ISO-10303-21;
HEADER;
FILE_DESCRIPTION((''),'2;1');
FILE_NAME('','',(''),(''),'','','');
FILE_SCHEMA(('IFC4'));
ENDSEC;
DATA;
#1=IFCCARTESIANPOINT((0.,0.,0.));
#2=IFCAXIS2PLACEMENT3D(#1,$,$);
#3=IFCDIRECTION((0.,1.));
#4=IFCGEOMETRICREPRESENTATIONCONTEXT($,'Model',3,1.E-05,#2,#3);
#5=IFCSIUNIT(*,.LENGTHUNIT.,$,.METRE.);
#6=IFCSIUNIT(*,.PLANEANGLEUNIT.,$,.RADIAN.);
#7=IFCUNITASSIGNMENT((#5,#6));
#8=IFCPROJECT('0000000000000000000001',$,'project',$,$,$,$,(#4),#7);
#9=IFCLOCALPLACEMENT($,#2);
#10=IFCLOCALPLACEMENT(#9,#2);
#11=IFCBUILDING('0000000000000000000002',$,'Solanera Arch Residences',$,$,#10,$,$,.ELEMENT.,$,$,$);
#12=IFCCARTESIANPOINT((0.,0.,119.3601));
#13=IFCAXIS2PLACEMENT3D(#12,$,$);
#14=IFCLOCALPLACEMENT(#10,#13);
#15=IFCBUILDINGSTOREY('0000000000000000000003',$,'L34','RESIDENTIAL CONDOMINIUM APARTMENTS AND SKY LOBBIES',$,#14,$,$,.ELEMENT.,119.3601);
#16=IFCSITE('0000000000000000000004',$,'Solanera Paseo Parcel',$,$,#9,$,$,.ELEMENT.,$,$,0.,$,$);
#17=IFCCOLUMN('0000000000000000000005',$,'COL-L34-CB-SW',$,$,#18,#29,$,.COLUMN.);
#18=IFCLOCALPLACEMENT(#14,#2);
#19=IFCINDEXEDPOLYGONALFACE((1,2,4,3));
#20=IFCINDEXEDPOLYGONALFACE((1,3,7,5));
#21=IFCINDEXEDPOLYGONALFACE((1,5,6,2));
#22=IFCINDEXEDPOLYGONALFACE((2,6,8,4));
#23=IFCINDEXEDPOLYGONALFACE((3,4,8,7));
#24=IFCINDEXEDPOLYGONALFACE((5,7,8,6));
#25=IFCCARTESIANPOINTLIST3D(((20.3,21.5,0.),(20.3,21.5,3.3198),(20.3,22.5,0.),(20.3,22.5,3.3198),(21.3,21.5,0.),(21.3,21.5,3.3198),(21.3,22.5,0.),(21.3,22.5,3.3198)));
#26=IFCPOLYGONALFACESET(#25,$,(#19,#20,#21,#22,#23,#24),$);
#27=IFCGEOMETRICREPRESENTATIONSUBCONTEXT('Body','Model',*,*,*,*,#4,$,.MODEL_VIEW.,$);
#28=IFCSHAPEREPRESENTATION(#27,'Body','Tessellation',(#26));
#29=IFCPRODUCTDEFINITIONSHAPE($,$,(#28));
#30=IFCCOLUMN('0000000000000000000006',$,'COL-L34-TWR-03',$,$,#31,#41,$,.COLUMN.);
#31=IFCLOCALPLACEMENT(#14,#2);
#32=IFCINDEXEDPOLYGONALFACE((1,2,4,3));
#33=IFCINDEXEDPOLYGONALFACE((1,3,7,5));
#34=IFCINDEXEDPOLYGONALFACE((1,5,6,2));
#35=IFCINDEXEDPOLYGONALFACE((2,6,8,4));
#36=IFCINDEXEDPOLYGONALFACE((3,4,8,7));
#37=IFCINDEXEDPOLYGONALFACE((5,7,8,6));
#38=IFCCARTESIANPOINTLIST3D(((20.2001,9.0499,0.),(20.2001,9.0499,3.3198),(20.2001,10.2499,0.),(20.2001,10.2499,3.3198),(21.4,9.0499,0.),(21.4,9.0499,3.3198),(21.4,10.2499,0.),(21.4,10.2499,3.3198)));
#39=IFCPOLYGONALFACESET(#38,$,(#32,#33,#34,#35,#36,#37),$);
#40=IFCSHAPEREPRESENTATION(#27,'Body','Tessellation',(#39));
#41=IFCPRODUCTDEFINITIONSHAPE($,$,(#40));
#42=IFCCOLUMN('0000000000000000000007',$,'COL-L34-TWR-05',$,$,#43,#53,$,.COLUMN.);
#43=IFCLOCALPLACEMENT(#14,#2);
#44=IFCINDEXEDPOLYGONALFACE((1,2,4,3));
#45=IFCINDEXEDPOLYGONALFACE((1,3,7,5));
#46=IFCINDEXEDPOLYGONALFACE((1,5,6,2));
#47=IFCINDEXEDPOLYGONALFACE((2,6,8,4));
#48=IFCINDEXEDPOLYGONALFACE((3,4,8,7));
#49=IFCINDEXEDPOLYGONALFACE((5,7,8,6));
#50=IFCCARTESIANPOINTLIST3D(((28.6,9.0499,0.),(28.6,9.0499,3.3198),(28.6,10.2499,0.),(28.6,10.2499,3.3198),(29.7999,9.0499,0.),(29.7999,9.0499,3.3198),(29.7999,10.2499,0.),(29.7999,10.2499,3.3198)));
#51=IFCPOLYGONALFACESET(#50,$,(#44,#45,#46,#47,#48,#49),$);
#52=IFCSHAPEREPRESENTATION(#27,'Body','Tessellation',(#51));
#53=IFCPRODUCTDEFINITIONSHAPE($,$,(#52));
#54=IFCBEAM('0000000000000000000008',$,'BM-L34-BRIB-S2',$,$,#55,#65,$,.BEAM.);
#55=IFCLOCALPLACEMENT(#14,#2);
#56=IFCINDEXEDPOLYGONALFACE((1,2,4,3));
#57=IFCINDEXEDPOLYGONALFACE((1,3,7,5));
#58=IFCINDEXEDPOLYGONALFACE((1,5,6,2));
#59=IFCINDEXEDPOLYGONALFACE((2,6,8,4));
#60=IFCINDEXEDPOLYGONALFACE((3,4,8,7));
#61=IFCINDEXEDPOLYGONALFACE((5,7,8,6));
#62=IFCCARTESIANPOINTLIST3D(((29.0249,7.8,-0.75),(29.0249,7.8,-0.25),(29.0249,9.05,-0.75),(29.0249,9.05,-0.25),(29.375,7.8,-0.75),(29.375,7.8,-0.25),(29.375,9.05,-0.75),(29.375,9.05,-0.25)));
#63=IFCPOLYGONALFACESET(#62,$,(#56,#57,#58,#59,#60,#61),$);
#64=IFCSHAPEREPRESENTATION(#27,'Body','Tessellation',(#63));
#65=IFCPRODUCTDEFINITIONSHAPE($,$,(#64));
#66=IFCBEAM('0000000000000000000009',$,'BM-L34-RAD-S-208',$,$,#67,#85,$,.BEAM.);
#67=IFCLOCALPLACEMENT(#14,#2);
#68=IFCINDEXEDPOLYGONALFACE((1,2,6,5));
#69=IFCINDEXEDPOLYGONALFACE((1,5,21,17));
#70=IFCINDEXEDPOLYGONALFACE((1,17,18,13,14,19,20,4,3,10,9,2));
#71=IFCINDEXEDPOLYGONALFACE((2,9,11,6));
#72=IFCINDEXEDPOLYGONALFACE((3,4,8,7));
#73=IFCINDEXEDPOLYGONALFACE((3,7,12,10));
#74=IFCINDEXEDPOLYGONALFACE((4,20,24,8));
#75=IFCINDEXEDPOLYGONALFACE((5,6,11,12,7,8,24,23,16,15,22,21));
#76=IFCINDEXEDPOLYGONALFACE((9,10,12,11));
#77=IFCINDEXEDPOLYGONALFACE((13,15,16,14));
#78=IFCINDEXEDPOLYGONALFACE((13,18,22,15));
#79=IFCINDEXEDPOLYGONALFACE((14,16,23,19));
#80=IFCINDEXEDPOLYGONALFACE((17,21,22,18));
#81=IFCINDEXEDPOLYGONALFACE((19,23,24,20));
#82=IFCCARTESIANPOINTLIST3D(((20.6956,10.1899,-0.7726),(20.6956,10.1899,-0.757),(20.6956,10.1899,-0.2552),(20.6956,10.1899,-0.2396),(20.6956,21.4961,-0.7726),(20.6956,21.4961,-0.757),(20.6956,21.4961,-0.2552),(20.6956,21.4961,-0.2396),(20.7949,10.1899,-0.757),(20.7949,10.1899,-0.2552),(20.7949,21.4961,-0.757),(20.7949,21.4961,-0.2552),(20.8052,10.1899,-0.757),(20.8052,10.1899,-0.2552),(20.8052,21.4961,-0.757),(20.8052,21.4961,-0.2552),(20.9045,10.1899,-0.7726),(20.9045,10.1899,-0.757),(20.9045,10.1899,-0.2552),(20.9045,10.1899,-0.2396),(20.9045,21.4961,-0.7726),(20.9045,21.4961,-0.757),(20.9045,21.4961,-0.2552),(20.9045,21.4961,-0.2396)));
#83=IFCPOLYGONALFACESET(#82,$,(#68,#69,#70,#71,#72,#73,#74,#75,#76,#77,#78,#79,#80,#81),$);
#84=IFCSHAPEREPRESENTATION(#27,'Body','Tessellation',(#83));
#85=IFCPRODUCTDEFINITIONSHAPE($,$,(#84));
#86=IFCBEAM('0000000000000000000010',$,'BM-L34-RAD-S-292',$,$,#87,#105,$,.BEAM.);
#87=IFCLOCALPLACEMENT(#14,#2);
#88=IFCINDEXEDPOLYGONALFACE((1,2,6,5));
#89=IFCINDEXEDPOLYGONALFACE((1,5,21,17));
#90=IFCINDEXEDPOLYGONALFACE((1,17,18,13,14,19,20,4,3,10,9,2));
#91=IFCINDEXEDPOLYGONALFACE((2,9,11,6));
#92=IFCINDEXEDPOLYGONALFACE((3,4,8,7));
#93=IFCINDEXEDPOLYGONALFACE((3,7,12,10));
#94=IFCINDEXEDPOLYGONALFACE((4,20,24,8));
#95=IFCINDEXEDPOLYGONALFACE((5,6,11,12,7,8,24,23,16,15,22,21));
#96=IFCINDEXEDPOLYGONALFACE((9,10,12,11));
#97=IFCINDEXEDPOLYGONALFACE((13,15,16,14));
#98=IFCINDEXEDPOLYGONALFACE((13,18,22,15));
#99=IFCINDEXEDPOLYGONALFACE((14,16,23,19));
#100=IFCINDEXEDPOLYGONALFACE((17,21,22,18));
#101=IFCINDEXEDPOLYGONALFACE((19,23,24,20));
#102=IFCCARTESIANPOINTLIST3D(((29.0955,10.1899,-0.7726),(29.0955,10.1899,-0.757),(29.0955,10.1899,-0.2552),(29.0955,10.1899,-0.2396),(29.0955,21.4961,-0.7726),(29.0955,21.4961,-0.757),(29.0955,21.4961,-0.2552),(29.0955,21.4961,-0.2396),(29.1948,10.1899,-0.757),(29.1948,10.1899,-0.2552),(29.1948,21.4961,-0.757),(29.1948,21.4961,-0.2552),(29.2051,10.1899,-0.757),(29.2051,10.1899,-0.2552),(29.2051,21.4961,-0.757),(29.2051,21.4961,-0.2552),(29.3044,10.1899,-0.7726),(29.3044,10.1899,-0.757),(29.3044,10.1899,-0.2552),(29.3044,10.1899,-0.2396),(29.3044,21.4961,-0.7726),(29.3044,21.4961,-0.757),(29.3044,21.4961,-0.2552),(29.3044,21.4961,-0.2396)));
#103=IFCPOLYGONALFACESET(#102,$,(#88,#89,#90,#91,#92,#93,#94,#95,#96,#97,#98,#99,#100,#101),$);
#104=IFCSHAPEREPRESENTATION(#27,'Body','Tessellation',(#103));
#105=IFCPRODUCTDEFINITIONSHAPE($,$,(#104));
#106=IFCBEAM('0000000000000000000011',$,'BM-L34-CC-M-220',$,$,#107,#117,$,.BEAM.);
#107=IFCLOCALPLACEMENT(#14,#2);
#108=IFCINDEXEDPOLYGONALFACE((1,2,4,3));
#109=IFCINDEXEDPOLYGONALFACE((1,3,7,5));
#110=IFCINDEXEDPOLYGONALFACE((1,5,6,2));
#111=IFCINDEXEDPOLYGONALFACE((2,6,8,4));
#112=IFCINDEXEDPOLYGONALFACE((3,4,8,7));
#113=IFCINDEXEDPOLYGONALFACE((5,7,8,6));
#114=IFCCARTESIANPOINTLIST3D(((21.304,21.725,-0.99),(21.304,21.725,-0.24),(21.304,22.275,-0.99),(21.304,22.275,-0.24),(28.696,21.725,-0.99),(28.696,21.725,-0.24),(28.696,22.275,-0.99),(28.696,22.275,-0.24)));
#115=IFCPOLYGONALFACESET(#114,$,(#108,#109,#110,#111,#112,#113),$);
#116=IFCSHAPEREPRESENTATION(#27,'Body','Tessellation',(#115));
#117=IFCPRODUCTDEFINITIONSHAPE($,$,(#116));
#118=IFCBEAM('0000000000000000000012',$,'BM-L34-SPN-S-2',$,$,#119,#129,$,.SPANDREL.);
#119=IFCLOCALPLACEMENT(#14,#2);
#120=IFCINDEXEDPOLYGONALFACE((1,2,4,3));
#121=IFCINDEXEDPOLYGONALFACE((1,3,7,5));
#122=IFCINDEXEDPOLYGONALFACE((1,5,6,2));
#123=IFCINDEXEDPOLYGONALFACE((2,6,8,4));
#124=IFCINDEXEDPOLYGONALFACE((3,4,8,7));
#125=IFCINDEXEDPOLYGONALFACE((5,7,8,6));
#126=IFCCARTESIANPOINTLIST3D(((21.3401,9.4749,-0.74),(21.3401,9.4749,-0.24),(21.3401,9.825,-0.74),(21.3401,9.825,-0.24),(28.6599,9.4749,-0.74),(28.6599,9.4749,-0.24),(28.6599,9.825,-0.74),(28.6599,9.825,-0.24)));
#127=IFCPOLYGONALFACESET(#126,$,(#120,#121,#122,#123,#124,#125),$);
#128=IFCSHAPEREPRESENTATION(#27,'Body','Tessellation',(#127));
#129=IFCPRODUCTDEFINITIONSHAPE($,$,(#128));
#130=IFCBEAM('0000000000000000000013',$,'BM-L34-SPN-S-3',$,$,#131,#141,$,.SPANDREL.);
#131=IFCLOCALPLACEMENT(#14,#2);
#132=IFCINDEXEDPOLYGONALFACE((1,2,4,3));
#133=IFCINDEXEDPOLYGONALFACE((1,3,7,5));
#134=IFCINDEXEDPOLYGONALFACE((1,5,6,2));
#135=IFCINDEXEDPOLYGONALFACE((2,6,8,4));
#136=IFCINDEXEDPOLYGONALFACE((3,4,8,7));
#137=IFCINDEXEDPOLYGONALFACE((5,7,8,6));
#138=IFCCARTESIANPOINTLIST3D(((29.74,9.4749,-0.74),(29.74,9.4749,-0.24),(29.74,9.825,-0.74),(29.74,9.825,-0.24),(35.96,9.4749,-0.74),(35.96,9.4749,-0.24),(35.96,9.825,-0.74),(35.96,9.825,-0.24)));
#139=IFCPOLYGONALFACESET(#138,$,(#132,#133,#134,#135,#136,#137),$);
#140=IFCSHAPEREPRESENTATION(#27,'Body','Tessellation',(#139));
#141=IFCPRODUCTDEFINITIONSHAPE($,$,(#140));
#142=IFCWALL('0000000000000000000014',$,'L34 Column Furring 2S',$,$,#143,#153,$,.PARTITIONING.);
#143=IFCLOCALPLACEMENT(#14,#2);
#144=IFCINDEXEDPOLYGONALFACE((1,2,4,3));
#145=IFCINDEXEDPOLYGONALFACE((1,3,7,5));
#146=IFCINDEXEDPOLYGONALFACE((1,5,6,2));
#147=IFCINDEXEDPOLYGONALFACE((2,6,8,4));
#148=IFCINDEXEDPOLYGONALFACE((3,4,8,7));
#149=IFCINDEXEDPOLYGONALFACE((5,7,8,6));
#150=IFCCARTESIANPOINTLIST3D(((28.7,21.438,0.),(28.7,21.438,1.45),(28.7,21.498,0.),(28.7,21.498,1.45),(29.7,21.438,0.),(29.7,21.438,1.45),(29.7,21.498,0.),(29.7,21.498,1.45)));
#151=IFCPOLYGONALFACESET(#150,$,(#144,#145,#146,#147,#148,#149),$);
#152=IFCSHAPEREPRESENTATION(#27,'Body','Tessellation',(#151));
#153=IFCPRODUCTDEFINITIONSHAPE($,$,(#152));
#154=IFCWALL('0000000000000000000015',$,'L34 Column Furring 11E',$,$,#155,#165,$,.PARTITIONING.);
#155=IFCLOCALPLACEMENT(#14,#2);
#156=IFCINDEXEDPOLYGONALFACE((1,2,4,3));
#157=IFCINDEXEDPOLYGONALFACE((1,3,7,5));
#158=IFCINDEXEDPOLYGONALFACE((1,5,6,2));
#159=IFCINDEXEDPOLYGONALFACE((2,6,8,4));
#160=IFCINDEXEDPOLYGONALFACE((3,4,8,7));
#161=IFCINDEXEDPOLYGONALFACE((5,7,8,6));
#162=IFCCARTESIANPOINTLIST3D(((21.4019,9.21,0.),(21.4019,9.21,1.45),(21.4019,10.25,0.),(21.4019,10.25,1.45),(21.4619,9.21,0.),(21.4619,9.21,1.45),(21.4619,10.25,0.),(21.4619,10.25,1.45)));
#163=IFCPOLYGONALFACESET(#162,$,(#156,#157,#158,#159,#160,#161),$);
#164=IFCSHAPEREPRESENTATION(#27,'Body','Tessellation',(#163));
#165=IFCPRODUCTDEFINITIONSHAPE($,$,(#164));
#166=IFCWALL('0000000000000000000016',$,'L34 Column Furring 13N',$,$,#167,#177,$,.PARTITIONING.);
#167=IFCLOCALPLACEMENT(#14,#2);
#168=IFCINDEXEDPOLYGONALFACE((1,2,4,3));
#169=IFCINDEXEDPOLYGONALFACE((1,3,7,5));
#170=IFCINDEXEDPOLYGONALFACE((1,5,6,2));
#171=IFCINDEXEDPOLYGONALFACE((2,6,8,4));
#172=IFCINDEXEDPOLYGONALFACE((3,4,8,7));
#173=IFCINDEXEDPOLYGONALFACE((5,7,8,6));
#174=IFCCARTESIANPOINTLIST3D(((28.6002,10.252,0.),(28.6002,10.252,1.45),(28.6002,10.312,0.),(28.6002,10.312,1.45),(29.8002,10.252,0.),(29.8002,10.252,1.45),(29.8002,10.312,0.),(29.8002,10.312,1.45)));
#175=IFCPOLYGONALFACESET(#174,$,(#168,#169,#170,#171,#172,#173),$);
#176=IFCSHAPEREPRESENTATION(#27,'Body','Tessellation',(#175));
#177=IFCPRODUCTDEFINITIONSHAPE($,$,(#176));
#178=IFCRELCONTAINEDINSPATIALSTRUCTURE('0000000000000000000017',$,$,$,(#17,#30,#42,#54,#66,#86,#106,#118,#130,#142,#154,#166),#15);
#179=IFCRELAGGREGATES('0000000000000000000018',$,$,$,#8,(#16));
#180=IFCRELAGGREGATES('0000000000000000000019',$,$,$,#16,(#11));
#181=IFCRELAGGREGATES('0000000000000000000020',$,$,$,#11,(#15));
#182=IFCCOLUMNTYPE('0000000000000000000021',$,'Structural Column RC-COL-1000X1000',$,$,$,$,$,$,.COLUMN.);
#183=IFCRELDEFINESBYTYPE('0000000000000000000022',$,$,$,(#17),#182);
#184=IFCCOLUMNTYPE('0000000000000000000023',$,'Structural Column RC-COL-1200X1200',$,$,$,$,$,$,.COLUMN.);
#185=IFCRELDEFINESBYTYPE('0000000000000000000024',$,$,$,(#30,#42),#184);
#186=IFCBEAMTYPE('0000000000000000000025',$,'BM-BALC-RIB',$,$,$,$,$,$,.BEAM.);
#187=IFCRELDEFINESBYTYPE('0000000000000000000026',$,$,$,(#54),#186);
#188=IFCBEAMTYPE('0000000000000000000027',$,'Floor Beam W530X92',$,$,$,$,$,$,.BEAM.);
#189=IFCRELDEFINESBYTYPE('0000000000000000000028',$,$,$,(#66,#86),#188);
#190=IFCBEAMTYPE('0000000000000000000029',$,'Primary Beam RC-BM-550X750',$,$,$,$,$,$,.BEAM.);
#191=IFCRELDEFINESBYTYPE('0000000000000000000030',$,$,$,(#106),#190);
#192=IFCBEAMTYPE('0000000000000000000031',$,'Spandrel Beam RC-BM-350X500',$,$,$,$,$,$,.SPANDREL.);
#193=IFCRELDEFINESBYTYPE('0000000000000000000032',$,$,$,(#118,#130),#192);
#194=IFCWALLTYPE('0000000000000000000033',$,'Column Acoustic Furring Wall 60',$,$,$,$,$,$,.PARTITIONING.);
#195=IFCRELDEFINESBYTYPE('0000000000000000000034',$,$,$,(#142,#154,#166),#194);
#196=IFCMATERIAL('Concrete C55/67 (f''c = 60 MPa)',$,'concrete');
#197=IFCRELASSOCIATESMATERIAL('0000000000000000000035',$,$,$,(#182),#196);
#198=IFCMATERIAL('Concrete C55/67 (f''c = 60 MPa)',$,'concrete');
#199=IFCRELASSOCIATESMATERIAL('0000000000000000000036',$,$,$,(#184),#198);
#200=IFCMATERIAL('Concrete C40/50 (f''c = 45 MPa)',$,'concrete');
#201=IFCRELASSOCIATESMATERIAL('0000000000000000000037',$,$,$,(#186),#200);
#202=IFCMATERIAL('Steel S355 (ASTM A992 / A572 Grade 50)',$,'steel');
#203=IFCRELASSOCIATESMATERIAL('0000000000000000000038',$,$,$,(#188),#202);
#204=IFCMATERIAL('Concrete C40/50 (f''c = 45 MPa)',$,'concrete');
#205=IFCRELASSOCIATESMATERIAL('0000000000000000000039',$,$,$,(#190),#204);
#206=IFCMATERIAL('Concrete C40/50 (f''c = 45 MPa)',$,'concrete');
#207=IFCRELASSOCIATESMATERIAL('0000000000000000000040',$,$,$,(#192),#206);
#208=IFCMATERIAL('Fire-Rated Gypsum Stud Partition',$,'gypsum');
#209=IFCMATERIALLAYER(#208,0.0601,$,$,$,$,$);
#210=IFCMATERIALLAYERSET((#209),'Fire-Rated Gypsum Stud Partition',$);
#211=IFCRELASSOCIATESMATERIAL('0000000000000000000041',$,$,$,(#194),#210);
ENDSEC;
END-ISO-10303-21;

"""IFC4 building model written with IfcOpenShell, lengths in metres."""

from ifc_helpers import new_model, si_unit, direction, frame, frame_2d, origin, origin_2d, place, context, subcontext, project, spatial, rectangle, i_section, extrude, material, layer, layer_set, material_profile, profile_set, type_object, element, save


model = new_model("IFC4")

# Units and contexts
model_context = context("Model", 3, precision=1e-05, world=origin(), true_north=direction((0.0, 1.0)))
body_context = subcontext(model_context, "Body", "Model", "MODEL_VIEW")
ifc_project = project(units=[si_unit("LENGTHUNIT", "METRE"), si_unit("PLANEANGLEUNIT", "RADIAN")], contexts=[model_context])

# Site, building, storey
site_placement = place(None, origin())
site = spatial("IfcSite", under=ifc_project, at=site_placement, Name="Solanera Paseo Parcel", CompositionType="ELEMENT", RefElevation=0.0)
building_placement = place(site_placement, origin())
building = spatial("IfcBuilding", under=site, at=building_placement, Name="Solanera Arch Residences", CompositionType="ELEMENT")
storey_placement = place(building_placement, frame((0.0, 0.0, 119.3601)))
storey = spatial("IfcBuildingStorey", under=building, at=storey_placement, Name="L34", Description="RESIDENTIAL CONDOMINIUM APARTMENTS AND SKY LOBBIES", CompositionType="ELEMENT", Elevation=119.3601)

# Columns
ifc_material_1 = material(Name="Concrete C55/67 (f'c = 60 MPa)", Category="concrete")
ifc_material_profile_1 = material_profile(ifc_material_1, rectangle(XDim=1.0, YDim=1.0, at=origin_2d()))
ifc_profile_set_1 = profile_set([ifc_material_profile_1], Name="Concrete C55/67 (f'c = 60 MPa)")
column_type_1 = type_object("IfcColumnType", Name="Structural Column RC-COL-1000X1000", PredefinedType="COLUMN", material=ifc_profile_set_1)
column_placement = place(storey_placement, frame((20.8, 22.0, 0.0), z_axis=(0.0, 0.0, 1.0), x_axis=(1.0, 0.0, 0.0)))
element("IfcColumn", 1, at=column_placement, inside=storey, type_object=column_type_1, Name="COL-L34-CB-SW", PredefinedType="COLUMN", context=body_context, shape_type="SweptSolid", body=[
    extrude(rectangle(XDim=1.0, YDim=1.0, at=origin_2d()), origin(), (0.0, 0.0, 1.0), 3.3198),
])
ifc_material_2 = material(Name="Concrete C55/67 (f'c = 60 MPa)", Category="concrete")
ifc_material_profile_2 = material_profile(ifc_material_2, rectangle(XDim=1.2, YDim=1.2, at=origin_2d()))
ifc_profile_set_2 = profile_set([ifc_material_profile_2], Name="Concrete C55/67 (f'c = 60 MPa)")
column_type_2 = type_object("IfcColumnType", Name="Structural Column RC-COL-1200X1200", PredefinedType="COLUMN", material=ifc_profile_set_2)
for number, where, z_axis, x_axis, name in (
    (2, (20.8, 9.6499, 0.0), (0.0, 0.0, 1.0), (1.0, 0.0, 0.0), "COL-L34-TWR-03"),
    (3, (29.2, 9.6499, 0.0), (0.0, 0.0, 1.0), (1.0, 0.0, 0.0), "COL-L34-TWR-05"),
):
    element("IfcColumn", number, at=place(storey_placement, frame(where, z_axis=z_axis, x_axis=x_axis)), inside=storey, type_object=column_type_2, Name=name, PredefinedType="COLUMN", context=body_context, shape_type="SweptSolid", body=[
        extrude(rectangle(XDim=1.2, YDim=1.2, at=origin_2d()), origin(), (0.0, 0.0, 1.0), 3.3198),
    ])

# Beams
ifc_material_3 = material(Name="Concrete C40/50 (f'c = 45 MPa)", Category="concrete")
ifc_material_profile_3 = material_profile(ifc_material_3, rectangle(XDim=0.3501, YDim=0.5, at=origin_2d()))
ifc_profile_set_3 = profile_set([ifc_material_profile_3], Name="Concrete C40/50 (f'c = 45 MPa)")
beam_type_1 = type_object("IfcBeamType", Name="BM-BALC-RIB", PredefinedType="BEAM", material=ifc_profile_set_3)
beam_1_placement = place(storey_placement, frame((29.2, 7.8, -0.5), z_axis=(0.0, 1.0, 0.0), x_axis=(-1.0, 0.0, 0.0)))
element("IfcBeam", 4, at=beam_1_placement, inside=storey, type_object=beam_type_1, Name="BM-L34-BRIB-S2", PredefinedType="BEAM", context=body_context, shape_type="SweptSolid", body=[
    extrude(rectangle(XDim=0.3501, YDim=0.5, at=origin_2d()), origin(), (0.0, 0.0, 1.0), 1.25),
])
ifc_material_4 = material(Name="Steel S355 (ASTM A992 / A572 Grade 50)", Category="steel")
ifc_material_profile_4 = material_profile(ifc_material_4, i_section(OverallWidth=0.209, OverallDepth=0.533, WebThickness=0.0103, FlangeThickness=0.0156, at=origin_2d()))
ifc_profile_set_4 = profile_set([ifc_material_profile_4], Name="Steel S355 (ASTM A992 / A572 Grade 50)")
beam_type_2 = type_object("IfcBeamType", Name="Floor Beam W530X92", PredefinedType="BEAM", material=ifc_profile_set_4)
for number, where, z_axis, x_axis, name in (
    (5, (20.8, 10.1899, -0.5061), (0.0, 1.0, 0.0), (-1.0, 0.0, 0.0), "BM-L34-RAD-S-208"),
    (6, (29.2, 10.1899, -0.5061), (0.0, 1.0, 0.0), (-1.0, 0.0, 0.0), "BM-L34-RAD-S-292"),
):
    element("IfcBeam", number, at=place(storey_placement, frame(where, z_axis=z_axis, x_axis=x_axis)), inside=storey, type_object=beam_type_2, Name=name, PredefinedType="BEAM", context=body_context, shape_type="SweptSolid", body=[
        extrude(i_section(OverallWidth=0.209, OverallDepth=0.533, WebThickness=0.0103, FlangeThickness=0.0156, at=origin_2d()), origin(), (0.0, 0.0, 1.0), 11.3062),
    ])
ifc_material_5 = material(Name="Concrete C40/50 (f'c = 45 MPa)", Category="concrete")
ifc_material_profile_5 = material_profile(ifc_material_5, rectangle(XDim=0.55, YDim=0.75, at=origin_2d()))
ifc_profile_set_5 = profile_set([ifc_material_profile_5], Name="Concrete C40/50 (f'c = 45 MPa)")
beam_type_3 = type_object("IfcBeamType", Name="Primary Beam RC-BM-550X750", PredefinedType="BEAM", material=ifc_profile_set_5)
beam_2_placement = place(storey_placement, frame((21.304, 22.0, -0.615), z_axis=(1.0, 0.0, 0.0), x_axis=(0.0, 1.0, 0.0)))
element("IfcBeam", 7, at=beam_2_placement, inside=storey, type_object=beam_type_3, Name="BM-L34-CC-M-220", PredefinedType="BEAM", context=body_context, shape_type="SweptSolid", body=[
    extrude(rectangle(XDim=0.55, YDim=0.75, at=origin_2d()), origin(), (0.0, 0.0, 1.0), 7.3921),
])
ifc_material_6 = material(Name="Concrete C40/50 (f'c = 45 MPa)", Category="concrete")
ifc_material_profile_6 = material_profile(ifc_material_6, rectangle(XDim=0.3501, YDim=0.5, at=origin_2d()))
ifc_profile_set_6 = profile_set([ifc_material_profile_6], Name="Concrete C40/50 (f'c = 45 MPa)")
beam_type_4 = type_object("IfcBeamType", Name="Spandrel Beam RC-BM-350X500", PredefinedType="SPANDREL", material=ifc_profile_set_6)
beam_3_placement = place(storey_placement, frame((21.3401, 9.6499, -0.49), z_axis=(1.0, 0.0, 0.0), x_axis=(0.0, 1.0, 0.0)))
element("IfcBeam", 8, at=beam_3_placement, inside=storey, type_object=beam_type_4, Name="BM-L34-SPN-S-2", PredefinedType="SPANDREL", context=body_context, shape_type="SweptSolid", body=[
    extrude(rectangle(XDim=0.3501, YDim=0.5, at=origin_2d()), origin(), (0.0, 0.0, 1.0), 7.3198),
])
beam_4_placement = place(storey_placement, frame((29.74, 9.6499, -0.49), z_axis=(1.0, 0.0, 0.0), x_axis=(0.0, 1.0, 0.0)))
element("IfcBeam", 9, at=beam_4_placement, inside=storey, type_object=beam_type_4, Name="BM-L34-SPN-S-3", PredefinedType="SPANDREL", context=body_context, shape_type="SweptSolid", body=[
    extrude(rectangle(XDim=0.3501, YDim=0.5, at=origin_2d()), origin(), (0.0, 0.0, 1.0), 6.22),
])

# Walls
ifc_material_7 = material(Name="Fire-Rated Gypsum Stud Partition", Category="gypsum")
ifc_layer_1 = layer(ifc_material_7, 0.0601)
ifc_layer_set_1 = layer_set([ifc_layer_1], Name="Fire-Rated Gypsum Stud Partition")
wall_type_1 = type_object("IfcWallType", Name="Column Acoustic Furring Wall 60", PredefinedType="PARTITIONING", material=ifc_layer_set_1)
wall_1_placement = place(storey_placement, frame((28.7, 21.468, 0.0), z_axis=(0.0, 0.0, 1.0), x_axis=(1.0, 0.0, 0.0)))
element("IfcWall", 10, at=wall_1_placement, inside=storey, type_object=wall_type_1, Name="L34 Column Furring 2S", PredefinedType="PARTITIONING", context=body_context, shape_type="SweptSolid", body=[
    extrude(rectangle(XDim=1.0, YDim=0.0601, at=frame_2d((0.5, 0.0))), origin(), (0.0, 0.0, 1.0), 1.45),
])
wall_2_placement = place(storey_placement, frame((21.4319, 9.21, 0.0), z_axis=(0.0, 0.0, 1.0), x_axis=(0.0, 1.0, 0.0)))
element("IfcWall", 11, at=wall_2_placement, inside=storey, type_object=wall_type_1, Name="L34 Column Furring 11E", PredefinedType="PARTITIONING", context=body_context, shape_type="SweptSolid", body=[
    extrude(rectangle(XDim=1.04, YDim=0.0601, at=frame_2d((0.52, 0.0))), origin(), (0.0, 0.0, 1.0), 1.45),
])
wall_3_placement = place(storey_placement, frame((28.6001, 10.282, 0.0), z_axis=(0.0, 0.0, 1.0), x_axis=(1.0, 0.0, 0.0)))
element("IfcWall", 12, at=wall_3_placement, inside=storey, type_object=wall_type_1, Name="L34 Column Furring 13N", PredefinedType="PARTITIONING", context=body_context, shape_type="SweptSolid", body=[
    extrude(rectangle(XDim=1.2, YDim=0.0601, at=frame_2d((0.6001, 0.0))), origin(), (0.0, 0.0, 1.0), 1.45),
])

save(model, "model.ifc")
